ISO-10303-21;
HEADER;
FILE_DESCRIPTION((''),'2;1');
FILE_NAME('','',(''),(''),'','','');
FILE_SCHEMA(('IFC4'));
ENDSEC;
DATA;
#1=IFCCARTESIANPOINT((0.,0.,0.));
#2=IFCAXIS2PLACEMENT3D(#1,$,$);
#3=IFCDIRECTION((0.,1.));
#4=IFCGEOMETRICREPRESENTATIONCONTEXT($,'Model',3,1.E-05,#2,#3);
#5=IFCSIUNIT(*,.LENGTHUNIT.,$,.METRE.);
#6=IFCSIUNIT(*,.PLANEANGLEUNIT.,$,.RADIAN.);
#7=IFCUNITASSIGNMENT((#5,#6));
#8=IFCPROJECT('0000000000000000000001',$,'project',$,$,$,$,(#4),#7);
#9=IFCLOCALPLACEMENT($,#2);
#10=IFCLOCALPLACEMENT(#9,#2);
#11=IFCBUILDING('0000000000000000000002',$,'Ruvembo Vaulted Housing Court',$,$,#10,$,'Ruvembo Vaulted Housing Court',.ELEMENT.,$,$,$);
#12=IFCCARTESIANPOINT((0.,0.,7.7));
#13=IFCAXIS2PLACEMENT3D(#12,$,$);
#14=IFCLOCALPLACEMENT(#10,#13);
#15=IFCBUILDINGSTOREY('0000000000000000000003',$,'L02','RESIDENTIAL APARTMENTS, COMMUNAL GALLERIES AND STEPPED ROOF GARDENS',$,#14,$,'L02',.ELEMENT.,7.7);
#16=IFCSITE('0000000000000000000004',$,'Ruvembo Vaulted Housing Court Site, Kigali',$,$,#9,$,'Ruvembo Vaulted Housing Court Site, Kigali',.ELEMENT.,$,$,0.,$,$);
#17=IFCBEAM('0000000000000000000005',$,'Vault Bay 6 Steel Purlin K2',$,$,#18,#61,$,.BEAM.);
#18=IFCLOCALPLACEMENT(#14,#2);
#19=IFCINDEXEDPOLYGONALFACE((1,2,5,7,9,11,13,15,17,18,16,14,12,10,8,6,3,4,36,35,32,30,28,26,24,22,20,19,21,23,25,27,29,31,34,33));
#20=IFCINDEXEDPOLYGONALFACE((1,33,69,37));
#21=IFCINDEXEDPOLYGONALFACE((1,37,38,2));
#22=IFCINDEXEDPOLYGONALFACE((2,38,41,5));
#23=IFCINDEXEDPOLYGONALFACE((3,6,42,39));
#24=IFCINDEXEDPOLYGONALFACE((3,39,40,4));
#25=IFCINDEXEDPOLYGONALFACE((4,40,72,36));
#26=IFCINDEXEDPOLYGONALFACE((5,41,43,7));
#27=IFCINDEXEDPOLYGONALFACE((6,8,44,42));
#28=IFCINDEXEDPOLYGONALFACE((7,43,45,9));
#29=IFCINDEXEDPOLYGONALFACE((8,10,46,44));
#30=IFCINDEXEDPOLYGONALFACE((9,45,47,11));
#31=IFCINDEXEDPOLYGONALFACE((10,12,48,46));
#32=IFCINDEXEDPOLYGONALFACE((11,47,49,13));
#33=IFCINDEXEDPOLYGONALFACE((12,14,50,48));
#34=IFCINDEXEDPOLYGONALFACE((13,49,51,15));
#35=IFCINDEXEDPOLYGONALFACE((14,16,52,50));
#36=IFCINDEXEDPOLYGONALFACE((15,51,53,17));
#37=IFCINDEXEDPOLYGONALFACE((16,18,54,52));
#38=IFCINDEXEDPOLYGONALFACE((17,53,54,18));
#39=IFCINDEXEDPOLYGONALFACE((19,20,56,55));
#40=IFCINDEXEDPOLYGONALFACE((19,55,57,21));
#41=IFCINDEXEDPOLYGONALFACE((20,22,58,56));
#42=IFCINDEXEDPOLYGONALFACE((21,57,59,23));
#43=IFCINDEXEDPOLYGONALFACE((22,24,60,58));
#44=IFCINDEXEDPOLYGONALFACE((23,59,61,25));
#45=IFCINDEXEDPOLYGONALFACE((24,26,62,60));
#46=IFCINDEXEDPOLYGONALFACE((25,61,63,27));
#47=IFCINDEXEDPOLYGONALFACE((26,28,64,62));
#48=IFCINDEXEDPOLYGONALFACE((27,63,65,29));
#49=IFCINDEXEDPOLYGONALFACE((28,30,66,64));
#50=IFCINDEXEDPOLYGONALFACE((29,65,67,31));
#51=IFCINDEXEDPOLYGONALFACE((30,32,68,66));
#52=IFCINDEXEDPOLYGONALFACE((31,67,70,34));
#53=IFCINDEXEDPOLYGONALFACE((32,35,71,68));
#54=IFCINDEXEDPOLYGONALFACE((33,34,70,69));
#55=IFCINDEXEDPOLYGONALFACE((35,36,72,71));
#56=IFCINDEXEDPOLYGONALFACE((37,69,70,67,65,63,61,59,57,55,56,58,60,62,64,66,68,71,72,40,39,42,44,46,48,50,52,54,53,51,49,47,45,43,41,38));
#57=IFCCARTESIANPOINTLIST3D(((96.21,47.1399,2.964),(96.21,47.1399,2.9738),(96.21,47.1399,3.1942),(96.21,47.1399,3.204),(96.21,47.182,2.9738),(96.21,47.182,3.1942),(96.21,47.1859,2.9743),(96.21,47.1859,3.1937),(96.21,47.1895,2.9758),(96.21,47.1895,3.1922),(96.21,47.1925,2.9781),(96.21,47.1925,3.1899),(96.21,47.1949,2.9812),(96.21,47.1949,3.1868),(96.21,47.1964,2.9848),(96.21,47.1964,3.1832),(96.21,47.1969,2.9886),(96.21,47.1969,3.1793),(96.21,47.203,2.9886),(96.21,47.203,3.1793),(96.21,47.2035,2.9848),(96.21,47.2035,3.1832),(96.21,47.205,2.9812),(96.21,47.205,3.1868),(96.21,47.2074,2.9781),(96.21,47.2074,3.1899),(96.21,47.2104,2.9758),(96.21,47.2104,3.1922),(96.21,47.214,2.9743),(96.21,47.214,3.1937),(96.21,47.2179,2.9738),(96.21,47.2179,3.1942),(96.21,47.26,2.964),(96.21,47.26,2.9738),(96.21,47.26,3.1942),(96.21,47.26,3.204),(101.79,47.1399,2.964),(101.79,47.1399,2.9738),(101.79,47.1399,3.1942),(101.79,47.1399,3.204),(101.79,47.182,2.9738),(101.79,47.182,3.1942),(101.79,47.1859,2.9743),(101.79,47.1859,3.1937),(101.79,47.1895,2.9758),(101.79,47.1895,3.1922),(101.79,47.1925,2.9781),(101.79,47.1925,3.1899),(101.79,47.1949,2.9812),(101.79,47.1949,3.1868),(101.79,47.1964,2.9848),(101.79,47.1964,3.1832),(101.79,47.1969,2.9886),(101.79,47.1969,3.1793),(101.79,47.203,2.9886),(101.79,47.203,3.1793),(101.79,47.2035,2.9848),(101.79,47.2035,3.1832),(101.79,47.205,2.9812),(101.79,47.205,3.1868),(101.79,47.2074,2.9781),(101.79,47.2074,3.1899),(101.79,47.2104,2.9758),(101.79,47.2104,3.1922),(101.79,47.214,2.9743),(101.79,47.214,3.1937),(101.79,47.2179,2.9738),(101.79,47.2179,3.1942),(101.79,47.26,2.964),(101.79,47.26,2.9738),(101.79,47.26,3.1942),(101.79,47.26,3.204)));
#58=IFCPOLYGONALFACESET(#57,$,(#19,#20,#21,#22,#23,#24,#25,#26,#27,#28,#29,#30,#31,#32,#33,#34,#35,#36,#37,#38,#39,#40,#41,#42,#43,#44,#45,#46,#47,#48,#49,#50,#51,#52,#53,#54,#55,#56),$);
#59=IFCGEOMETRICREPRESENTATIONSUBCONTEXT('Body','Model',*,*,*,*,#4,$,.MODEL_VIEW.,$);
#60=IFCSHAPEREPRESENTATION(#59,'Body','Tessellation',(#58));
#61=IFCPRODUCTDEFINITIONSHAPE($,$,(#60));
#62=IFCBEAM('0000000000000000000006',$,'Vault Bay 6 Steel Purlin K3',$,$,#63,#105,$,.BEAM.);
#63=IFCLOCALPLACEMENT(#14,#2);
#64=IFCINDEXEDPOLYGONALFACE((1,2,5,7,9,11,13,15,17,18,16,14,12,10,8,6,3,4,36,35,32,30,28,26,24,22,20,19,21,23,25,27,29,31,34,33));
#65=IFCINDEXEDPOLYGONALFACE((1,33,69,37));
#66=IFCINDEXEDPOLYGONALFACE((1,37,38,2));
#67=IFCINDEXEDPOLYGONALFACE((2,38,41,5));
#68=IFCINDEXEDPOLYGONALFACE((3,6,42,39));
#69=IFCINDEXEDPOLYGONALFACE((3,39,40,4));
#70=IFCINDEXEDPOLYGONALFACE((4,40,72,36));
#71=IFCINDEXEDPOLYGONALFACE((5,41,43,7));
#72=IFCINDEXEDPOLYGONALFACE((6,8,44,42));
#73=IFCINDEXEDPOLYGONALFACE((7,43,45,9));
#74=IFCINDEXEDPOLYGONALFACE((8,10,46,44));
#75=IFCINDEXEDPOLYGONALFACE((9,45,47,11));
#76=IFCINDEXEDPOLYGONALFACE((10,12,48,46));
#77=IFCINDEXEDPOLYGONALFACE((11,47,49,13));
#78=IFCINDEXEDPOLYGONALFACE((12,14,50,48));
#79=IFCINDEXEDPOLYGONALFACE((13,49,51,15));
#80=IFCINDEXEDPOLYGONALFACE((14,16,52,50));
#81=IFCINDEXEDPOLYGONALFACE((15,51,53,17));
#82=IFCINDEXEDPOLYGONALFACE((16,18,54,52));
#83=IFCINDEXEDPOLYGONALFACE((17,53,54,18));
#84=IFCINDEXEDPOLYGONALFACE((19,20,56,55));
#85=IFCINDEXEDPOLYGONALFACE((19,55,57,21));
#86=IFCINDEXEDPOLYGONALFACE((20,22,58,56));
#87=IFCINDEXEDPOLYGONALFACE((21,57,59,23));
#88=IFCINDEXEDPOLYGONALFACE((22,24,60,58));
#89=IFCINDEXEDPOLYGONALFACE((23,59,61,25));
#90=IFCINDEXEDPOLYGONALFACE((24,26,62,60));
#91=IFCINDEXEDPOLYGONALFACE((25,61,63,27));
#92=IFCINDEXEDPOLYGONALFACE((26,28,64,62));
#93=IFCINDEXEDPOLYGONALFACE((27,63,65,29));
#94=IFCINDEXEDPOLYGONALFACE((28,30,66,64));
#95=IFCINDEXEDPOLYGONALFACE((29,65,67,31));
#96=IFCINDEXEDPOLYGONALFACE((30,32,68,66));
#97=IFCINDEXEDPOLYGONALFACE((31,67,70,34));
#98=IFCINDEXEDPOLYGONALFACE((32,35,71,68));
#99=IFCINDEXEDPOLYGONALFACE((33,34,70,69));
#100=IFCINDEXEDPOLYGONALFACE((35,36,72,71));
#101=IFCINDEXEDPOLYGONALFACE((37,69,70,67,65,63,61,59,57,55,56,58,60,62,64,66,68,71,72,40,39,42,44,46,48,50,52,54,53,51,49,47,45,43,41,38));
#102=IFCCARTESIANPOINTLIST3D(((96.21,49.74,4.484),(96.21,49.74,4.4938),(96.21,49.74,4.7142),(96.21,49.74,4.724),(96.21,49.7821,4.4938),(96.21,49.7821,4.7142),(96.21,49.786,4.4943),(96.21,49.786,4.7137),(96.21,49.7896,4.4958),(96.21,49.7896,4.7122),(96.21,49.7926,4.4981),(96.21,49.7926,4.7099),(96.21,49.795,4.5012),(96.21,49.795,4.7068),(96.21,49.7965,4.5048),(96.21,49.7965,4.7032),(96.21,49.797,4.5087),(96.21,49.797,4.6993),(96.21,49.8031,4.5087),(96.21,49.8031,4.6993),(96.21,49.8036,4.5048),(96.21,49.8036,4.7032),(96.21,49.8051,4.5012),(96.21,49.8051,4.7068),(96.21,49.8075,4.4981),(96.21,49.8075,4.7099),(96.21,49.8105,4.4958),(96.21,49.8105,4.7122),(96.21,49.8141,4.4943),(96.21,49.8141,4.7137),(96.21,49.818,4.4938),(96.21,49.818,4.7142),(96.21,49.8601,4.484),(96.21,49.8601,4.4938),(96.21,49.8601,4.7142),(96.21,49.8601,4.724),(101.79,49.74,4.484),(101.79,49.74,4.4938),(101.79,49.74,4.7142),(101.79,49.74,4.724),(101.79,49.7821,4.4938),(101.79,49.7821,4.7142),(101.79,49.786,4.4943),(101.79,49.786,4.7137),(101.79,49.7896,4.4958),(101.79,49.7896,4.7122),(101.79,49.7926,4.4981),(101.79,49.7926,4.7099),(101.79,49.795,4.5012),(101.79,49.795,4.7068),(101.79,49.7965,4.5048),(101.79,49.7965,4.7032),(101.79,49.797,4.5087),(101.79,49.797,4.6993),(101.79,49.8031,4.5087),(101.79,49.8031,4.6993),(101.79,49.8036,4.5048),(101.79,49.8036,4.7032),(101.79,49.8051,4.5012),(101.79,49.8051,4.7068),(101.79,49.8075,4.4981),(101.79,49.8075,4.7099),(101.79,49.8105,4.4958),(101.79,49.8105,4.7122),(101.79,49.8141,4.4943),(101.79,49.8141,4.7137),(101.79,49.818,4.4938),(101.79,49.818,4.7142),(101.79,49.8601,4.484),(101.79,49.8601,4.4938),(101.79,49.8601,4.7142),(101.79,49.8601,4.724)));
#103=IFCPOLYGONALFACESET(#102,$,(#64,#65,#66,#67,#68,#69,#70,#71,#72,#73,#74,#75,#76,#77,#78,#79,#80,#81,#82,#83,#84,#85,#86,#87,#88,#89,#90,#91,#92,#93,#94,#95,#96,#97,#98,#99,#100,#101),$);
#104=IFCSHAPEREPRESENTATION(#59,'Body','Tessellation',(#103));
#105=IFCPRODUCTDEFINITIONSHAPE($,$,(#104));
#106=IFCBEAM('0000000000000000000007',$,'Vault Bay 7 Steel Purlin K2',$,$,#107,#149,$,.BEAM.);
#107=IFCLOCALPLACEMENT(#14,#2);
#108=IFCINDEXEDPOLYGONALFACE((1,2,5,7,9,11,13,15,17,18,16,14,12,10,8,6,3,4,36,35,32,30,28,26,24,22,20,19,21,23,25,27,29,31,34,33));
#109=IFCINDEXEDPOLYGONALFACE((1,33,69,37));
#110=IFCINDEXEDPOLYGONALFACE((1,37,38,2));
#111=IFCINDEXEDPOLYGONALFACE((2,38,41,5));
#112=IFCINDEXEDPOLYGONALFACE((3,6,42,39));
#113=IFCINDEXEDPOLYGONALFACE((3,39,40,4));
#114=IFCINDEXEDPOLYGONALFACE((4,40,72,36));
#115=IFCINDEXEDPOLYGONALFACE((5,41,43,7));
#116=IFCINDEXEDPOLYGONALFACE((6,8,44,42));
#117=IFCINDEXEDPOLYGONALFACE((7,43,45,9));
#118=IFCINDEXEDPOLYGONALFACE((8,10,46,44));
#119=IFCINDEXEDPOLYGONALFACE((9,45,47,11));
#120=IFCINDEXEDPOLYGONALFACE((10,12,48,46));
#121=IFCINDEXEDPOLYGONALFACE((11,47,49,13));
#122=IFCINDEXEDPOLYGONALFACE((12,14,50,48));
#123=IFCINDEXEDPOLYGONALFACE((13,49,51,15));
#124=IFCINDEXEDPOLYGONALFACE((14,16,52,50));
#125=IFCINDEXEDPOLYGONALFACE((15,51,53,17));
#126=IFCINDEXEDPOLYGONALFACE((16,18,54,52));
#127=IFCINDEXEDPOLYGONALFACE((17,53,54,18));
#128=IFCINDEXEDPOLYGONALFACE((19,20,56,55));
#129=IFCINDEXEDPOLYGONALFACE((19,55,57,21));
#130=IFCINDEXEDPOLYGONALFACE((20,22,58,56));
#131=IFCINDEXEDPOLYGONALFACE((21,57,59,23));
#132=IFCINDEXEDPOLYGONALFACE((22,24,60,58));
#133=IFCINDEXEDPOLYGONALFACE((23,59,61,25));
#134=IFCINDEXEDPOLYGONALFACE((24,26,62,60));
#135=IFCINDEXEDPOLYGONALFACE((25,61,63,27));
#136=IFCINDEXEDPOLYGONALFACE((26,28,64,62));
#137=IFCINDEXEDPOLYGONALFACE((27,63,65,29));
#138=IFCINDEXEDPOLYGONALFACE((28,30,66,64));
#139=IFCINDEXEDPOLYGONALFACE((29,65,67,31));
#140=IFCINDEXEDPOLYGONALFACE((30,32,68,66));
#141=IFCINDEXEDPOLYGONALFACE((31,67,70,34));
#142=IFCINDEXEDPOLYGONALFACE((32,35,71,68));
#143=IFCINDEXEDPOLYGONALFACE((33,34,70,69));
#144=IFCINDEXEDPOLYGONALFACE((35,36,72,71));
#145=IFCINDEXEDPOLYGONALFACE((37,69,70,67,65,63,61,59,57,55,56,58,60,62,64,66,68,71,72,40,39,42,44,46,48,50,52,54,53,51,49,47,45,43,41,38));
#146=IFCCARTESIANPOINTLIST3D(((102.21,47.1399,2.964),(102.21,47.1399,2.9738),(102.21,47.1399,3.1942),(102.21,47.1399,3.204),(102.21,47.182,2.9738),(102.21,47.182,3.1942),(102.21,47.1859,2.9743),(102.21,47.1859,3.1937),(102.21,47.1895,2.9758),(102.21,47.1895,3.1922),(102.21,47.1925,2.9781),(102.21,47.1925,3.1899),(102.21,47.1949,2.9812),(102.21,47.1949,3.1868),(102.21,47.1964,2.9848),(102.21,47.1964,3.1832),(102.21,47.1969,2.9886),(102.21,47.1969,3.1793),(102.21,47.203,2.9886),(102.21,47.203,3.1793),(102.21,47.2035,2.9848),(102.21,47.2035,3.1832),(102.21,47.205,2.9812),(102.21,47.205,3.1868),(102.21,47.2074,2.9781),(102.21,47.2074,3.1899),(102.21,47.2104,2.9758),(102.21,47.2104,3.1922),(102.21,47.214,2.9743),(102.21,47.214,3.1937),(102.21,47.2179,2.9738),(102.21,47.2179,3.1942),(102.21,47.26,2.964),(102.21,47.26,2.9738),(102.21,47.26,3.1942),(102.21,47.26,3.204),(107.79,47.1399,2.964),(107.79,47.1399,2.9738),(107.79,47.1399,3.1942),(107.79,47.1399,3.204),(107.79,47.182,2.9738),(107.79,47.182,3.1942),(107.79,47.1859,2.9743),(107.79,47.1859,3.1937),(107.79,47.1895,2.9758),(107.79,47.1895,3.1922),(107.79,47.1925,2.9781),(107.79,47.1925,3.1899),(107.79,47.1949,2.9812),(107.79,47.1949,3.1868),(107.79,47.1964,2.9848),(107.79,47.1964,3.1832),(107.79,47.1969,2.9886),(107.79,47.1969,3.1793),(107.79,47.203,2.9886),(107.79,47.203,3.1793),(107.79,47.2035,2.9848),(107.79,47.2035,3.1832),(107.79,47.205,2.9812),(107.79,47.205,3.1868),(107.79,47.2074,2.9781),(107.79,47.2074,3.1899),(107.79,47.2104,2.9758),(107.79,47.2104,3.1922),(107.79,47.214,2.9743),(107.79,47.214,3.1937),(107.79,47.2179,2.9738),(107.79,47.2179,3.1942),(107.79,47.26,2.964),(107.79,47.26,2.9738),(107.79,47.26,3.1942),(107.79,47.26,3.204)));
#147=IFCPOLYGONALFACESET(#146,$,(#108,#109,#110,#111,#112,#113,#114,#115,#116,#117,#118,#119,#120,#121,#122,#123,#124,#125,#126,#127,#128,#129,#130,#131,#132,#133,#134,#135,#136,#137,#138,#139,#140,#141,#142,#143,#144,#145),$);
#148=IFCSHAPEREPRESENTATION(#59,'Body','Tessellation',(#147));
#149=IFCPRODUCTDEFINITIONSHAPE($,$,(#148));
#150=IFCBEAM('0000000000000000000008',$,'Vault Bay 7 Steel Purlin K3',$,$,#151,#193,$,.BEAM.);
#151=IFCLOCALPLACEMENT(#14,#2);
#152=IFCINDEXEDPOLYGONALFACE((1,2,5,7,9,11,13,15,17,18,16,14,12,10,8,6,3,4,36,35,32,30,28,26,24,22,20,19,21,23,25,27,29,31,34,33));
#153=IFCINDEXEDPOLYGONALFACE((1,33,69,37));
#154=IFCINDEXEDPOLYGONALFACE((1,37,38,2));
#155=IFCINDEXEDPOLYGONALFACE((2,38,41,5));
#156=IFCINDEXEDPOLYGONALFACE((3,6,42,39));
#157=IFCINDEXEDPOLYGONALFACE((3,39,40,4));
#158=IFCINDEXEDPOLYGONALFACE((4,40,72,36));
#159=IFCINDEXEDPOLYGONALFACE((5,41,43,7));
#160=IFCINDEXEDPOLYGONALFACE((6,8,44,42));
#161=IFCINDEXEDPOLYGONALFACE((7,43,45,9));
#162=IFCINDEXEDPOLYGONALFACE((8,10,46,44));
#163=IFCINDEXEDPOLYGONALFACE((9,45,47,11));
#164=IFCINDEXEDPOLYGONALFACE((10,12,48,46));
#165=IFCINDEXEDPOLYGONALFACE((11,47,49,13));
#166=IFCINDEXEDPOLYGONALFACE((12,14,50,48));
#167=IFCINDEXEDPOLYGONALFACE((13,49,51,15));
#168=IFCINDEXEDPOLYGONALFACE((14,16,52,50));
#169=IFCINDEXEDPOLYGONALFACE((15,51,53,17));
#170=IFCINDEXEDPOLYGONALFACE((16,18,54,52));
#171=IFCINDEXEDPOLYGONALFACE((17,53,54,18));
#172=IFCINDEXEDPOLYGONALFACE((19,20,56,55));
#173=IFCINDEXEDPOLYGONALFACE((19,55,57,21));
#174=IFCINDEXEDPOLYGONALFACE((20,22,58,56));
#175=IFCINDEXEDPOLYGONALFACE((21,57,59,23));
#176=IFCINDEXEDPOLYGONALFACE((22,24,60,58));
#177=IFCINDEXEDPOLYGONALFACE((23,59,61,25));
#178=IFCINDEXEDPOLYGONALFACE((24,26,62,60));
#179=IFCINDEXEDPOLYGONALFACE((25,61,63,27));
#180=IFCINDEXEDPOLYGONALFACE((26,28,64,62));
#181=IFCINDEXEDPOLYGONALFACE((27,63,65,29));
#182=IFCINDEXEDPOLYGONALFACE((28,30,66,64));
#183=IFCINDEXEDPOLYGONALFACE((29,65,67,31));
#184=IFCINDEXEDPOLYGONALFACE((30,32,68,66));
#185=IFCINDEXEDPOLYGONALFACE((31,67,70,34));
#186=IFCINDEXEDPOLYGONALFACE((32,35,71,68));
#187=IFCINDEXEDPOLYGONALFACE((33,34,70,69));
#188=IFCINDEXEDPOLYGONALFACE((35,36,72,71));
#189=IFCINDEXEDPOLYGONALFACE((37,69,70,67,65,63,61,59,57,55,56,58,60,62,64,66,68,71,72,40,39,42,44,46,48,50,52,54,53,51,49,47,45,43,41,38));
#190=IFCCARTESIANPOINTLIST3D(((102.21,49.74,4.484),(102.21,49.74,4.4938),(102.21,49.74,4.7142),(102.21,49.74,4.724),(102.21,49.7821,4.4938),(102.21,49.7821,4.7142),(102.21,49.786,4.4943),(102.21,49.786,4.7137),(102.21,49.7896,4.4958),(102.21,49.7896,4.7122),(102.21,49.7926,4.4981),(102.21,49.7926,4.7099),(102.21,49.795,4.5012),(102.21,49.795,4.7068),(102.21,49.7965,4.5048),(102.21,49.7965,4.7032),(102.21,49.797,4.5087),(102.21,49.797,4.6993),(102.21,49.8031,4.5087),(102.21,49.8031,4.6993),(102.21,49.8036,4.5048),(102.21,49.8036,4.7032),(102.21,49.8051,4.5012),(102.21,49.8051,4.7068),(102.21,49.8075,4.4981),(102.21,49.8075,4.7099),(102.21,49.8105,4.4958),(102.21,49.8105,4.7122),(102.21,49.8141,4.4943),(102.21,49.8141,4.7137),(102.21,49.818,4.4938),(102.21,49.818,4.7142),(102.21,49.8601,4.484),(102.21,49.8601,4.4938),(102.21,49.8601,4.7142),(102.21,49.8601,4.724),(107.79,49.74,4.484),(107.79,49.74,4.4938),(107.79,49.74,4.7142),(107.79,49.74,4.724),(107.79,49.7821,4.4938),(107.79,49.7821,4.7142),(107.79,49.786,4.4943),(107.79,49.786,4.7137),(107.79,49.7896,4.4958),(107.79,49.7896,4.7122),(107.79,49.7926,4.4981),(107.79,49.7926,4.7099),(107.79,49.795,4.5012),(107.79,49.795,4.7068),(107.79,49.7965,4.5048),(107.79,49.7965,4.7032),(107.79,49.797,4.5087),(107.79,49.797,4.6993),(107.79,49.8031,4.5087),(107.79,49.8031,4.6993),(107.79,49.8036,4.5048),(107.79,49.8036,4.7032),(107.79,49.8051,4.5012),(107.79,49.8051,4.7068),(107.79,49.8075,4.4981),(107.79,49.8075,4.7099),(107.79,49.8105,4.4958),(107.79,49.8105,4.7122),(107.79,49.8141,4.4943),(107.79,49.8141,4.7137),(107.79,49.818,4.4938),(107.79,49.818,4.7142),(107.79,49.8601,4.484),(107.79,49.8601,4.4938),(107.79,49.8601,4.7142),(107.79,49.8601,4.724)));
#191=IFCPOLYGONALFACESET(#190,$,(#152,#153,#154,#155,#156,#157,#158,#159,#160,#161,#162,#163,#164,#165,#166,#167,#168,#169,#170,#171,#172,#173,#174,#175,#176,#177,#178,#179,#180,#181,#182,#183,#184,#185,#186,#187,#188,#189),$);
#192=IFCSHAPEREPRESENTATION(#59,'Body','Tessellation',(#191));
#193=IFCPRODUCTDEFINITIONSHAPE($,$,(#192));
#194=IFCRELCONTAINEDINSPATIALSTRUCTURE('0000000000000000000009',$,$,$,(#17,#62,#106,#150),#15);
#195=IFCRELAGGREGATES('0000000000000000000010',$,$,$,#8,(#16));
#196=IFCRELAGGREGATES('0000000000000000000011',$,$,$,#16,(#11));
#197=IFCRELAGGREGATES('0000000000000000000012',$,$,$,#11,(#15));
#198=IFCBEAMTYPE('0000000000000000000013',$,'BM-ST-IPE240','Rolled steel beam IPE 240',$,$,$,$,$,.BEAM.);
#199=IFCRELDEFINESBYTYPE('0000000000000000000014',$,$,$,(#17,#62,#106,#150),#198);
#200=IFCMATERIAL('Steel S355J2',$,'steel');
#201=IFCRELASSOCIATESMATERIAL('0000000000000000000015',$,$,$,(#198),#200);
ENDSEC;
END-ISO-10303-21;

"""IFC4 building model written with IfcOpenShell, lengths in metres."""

from ifc_helpers import new_model, si_unit, direction, frame, origin, origin_2d, place, context, subcontext, project, spatial, i_section, extrude, material, material_profile, profile_set, type_object, element, save


model = new_model("IFC4")

# Units and contexts
model_context = context("Model", 3, precision=1e-05, world=origin(), true_north=direction((0.0, 1.0)))
body_context = subcontext(model_context, "Body", "Model", "MODEL_VIEW")
ifc_project = project(units=[si_unit("LENGTHUNIT", "METRE"), si_unit("PLANEANGLEUNIT", "RADIAN")], contexts=[model_context])

# Site, building, storey
site_placement = place(None, origin())
site = spatial("IfcSite", under=ifc_project, at=site_placement, Name="Ruvembo Vaulted Housing Court Site, Kigali", LongName="Ruvembo Vaulted Housing Court Site, Kigali", CompositionType="ELEMENT", RefElevation=0.0)
building_placement = place(site_placement, origin())
building = spatial("IfcBuilding", under=site, at=building_placement, Name="Ruvembo Vaulted Housing Court", LongName="Ruvembo Vaulted Housing Court", CompositionType="ELEMENT")
storey_placement = place(building_placement, frame((0.0, 0.0, 7.7)))
storey = spatial("IfcBuildingStorey", under=building, at=storey_placement, Name="L02", Description="RESIDENTIAL APARTMENTS, COMMUNAL GALLERIES AND STEPPED ROOF GARDENS", LongName="L02", CompositionType="ELEMENT", Elevation=7.7)

# Beams
ifc_material_1 = material(Name="Steel S355J2", Category="steel")
ifc_material_profile_1 = material_profile(ifc_material_1, i_section(OverallWidth=0.1201, OverallDepth=0.24, WebThickness=0.0061, FlangeThickness=0.0098, FilletRadius=0.0149, at=origin_2d()), Name="IPE 240")
ifc_profile_set_1 = profile_set([ifc_material_profile_1], Name="Steel S355J2")
beam_type_1 = type_object("IfcBeamType", Name="BM-ST-IPE240", Description="Rolled steel beam IPE 240", PredefinedType="BEAM", material=ifc_profile_set_1)
for number, where, z_axis, x_axis, name in (
    (1, (96.21, 47.2, 3.084), (1.0, 0.0, 0.0), (0.0, 1.0, 0.0), "Vault Bay 6 Steel Purlin K2"),
    (2, (96.21, 49.8, 4.604), (1.0, 0.0, 0.0), (0.0, 1.0, 0.0), "Vault Bay 6 Steel Purlin K3"),
    (3, (102.21, 47.2, 3.084), (1.0, 0.0, 0.0), (0.0, 1.0, 0.0), "Vault Bay 7 Steel Purlin K2"),
    (4, (102.21, 49.8, 4.604), (1.0, 0.0, 0.0), (0.0, 1.0, 0.0), "Vault Bay 7 Steel Purlin K3"),
):
    element("IfcBeam", number, at=place(storey_placement, frame(where, z_axis=z_axis, x_axis=x_axis)), inside=storey, type_object=beam_type_1, Name=name, PredefinedType="BEAM", context=body_context, shape_type="SweptSolid", body=[
        extrude(i_section(OverallWidth=0.1201, OverallDepth=0.24, WebThickness=0.0061, FlangeThickness=0.0098, FilletRadius=0.0149, at=origin_2d()), origin(), (0.0, 0.0, 1.0), 5.5801),
    ])

save(model, "model.ifc")
